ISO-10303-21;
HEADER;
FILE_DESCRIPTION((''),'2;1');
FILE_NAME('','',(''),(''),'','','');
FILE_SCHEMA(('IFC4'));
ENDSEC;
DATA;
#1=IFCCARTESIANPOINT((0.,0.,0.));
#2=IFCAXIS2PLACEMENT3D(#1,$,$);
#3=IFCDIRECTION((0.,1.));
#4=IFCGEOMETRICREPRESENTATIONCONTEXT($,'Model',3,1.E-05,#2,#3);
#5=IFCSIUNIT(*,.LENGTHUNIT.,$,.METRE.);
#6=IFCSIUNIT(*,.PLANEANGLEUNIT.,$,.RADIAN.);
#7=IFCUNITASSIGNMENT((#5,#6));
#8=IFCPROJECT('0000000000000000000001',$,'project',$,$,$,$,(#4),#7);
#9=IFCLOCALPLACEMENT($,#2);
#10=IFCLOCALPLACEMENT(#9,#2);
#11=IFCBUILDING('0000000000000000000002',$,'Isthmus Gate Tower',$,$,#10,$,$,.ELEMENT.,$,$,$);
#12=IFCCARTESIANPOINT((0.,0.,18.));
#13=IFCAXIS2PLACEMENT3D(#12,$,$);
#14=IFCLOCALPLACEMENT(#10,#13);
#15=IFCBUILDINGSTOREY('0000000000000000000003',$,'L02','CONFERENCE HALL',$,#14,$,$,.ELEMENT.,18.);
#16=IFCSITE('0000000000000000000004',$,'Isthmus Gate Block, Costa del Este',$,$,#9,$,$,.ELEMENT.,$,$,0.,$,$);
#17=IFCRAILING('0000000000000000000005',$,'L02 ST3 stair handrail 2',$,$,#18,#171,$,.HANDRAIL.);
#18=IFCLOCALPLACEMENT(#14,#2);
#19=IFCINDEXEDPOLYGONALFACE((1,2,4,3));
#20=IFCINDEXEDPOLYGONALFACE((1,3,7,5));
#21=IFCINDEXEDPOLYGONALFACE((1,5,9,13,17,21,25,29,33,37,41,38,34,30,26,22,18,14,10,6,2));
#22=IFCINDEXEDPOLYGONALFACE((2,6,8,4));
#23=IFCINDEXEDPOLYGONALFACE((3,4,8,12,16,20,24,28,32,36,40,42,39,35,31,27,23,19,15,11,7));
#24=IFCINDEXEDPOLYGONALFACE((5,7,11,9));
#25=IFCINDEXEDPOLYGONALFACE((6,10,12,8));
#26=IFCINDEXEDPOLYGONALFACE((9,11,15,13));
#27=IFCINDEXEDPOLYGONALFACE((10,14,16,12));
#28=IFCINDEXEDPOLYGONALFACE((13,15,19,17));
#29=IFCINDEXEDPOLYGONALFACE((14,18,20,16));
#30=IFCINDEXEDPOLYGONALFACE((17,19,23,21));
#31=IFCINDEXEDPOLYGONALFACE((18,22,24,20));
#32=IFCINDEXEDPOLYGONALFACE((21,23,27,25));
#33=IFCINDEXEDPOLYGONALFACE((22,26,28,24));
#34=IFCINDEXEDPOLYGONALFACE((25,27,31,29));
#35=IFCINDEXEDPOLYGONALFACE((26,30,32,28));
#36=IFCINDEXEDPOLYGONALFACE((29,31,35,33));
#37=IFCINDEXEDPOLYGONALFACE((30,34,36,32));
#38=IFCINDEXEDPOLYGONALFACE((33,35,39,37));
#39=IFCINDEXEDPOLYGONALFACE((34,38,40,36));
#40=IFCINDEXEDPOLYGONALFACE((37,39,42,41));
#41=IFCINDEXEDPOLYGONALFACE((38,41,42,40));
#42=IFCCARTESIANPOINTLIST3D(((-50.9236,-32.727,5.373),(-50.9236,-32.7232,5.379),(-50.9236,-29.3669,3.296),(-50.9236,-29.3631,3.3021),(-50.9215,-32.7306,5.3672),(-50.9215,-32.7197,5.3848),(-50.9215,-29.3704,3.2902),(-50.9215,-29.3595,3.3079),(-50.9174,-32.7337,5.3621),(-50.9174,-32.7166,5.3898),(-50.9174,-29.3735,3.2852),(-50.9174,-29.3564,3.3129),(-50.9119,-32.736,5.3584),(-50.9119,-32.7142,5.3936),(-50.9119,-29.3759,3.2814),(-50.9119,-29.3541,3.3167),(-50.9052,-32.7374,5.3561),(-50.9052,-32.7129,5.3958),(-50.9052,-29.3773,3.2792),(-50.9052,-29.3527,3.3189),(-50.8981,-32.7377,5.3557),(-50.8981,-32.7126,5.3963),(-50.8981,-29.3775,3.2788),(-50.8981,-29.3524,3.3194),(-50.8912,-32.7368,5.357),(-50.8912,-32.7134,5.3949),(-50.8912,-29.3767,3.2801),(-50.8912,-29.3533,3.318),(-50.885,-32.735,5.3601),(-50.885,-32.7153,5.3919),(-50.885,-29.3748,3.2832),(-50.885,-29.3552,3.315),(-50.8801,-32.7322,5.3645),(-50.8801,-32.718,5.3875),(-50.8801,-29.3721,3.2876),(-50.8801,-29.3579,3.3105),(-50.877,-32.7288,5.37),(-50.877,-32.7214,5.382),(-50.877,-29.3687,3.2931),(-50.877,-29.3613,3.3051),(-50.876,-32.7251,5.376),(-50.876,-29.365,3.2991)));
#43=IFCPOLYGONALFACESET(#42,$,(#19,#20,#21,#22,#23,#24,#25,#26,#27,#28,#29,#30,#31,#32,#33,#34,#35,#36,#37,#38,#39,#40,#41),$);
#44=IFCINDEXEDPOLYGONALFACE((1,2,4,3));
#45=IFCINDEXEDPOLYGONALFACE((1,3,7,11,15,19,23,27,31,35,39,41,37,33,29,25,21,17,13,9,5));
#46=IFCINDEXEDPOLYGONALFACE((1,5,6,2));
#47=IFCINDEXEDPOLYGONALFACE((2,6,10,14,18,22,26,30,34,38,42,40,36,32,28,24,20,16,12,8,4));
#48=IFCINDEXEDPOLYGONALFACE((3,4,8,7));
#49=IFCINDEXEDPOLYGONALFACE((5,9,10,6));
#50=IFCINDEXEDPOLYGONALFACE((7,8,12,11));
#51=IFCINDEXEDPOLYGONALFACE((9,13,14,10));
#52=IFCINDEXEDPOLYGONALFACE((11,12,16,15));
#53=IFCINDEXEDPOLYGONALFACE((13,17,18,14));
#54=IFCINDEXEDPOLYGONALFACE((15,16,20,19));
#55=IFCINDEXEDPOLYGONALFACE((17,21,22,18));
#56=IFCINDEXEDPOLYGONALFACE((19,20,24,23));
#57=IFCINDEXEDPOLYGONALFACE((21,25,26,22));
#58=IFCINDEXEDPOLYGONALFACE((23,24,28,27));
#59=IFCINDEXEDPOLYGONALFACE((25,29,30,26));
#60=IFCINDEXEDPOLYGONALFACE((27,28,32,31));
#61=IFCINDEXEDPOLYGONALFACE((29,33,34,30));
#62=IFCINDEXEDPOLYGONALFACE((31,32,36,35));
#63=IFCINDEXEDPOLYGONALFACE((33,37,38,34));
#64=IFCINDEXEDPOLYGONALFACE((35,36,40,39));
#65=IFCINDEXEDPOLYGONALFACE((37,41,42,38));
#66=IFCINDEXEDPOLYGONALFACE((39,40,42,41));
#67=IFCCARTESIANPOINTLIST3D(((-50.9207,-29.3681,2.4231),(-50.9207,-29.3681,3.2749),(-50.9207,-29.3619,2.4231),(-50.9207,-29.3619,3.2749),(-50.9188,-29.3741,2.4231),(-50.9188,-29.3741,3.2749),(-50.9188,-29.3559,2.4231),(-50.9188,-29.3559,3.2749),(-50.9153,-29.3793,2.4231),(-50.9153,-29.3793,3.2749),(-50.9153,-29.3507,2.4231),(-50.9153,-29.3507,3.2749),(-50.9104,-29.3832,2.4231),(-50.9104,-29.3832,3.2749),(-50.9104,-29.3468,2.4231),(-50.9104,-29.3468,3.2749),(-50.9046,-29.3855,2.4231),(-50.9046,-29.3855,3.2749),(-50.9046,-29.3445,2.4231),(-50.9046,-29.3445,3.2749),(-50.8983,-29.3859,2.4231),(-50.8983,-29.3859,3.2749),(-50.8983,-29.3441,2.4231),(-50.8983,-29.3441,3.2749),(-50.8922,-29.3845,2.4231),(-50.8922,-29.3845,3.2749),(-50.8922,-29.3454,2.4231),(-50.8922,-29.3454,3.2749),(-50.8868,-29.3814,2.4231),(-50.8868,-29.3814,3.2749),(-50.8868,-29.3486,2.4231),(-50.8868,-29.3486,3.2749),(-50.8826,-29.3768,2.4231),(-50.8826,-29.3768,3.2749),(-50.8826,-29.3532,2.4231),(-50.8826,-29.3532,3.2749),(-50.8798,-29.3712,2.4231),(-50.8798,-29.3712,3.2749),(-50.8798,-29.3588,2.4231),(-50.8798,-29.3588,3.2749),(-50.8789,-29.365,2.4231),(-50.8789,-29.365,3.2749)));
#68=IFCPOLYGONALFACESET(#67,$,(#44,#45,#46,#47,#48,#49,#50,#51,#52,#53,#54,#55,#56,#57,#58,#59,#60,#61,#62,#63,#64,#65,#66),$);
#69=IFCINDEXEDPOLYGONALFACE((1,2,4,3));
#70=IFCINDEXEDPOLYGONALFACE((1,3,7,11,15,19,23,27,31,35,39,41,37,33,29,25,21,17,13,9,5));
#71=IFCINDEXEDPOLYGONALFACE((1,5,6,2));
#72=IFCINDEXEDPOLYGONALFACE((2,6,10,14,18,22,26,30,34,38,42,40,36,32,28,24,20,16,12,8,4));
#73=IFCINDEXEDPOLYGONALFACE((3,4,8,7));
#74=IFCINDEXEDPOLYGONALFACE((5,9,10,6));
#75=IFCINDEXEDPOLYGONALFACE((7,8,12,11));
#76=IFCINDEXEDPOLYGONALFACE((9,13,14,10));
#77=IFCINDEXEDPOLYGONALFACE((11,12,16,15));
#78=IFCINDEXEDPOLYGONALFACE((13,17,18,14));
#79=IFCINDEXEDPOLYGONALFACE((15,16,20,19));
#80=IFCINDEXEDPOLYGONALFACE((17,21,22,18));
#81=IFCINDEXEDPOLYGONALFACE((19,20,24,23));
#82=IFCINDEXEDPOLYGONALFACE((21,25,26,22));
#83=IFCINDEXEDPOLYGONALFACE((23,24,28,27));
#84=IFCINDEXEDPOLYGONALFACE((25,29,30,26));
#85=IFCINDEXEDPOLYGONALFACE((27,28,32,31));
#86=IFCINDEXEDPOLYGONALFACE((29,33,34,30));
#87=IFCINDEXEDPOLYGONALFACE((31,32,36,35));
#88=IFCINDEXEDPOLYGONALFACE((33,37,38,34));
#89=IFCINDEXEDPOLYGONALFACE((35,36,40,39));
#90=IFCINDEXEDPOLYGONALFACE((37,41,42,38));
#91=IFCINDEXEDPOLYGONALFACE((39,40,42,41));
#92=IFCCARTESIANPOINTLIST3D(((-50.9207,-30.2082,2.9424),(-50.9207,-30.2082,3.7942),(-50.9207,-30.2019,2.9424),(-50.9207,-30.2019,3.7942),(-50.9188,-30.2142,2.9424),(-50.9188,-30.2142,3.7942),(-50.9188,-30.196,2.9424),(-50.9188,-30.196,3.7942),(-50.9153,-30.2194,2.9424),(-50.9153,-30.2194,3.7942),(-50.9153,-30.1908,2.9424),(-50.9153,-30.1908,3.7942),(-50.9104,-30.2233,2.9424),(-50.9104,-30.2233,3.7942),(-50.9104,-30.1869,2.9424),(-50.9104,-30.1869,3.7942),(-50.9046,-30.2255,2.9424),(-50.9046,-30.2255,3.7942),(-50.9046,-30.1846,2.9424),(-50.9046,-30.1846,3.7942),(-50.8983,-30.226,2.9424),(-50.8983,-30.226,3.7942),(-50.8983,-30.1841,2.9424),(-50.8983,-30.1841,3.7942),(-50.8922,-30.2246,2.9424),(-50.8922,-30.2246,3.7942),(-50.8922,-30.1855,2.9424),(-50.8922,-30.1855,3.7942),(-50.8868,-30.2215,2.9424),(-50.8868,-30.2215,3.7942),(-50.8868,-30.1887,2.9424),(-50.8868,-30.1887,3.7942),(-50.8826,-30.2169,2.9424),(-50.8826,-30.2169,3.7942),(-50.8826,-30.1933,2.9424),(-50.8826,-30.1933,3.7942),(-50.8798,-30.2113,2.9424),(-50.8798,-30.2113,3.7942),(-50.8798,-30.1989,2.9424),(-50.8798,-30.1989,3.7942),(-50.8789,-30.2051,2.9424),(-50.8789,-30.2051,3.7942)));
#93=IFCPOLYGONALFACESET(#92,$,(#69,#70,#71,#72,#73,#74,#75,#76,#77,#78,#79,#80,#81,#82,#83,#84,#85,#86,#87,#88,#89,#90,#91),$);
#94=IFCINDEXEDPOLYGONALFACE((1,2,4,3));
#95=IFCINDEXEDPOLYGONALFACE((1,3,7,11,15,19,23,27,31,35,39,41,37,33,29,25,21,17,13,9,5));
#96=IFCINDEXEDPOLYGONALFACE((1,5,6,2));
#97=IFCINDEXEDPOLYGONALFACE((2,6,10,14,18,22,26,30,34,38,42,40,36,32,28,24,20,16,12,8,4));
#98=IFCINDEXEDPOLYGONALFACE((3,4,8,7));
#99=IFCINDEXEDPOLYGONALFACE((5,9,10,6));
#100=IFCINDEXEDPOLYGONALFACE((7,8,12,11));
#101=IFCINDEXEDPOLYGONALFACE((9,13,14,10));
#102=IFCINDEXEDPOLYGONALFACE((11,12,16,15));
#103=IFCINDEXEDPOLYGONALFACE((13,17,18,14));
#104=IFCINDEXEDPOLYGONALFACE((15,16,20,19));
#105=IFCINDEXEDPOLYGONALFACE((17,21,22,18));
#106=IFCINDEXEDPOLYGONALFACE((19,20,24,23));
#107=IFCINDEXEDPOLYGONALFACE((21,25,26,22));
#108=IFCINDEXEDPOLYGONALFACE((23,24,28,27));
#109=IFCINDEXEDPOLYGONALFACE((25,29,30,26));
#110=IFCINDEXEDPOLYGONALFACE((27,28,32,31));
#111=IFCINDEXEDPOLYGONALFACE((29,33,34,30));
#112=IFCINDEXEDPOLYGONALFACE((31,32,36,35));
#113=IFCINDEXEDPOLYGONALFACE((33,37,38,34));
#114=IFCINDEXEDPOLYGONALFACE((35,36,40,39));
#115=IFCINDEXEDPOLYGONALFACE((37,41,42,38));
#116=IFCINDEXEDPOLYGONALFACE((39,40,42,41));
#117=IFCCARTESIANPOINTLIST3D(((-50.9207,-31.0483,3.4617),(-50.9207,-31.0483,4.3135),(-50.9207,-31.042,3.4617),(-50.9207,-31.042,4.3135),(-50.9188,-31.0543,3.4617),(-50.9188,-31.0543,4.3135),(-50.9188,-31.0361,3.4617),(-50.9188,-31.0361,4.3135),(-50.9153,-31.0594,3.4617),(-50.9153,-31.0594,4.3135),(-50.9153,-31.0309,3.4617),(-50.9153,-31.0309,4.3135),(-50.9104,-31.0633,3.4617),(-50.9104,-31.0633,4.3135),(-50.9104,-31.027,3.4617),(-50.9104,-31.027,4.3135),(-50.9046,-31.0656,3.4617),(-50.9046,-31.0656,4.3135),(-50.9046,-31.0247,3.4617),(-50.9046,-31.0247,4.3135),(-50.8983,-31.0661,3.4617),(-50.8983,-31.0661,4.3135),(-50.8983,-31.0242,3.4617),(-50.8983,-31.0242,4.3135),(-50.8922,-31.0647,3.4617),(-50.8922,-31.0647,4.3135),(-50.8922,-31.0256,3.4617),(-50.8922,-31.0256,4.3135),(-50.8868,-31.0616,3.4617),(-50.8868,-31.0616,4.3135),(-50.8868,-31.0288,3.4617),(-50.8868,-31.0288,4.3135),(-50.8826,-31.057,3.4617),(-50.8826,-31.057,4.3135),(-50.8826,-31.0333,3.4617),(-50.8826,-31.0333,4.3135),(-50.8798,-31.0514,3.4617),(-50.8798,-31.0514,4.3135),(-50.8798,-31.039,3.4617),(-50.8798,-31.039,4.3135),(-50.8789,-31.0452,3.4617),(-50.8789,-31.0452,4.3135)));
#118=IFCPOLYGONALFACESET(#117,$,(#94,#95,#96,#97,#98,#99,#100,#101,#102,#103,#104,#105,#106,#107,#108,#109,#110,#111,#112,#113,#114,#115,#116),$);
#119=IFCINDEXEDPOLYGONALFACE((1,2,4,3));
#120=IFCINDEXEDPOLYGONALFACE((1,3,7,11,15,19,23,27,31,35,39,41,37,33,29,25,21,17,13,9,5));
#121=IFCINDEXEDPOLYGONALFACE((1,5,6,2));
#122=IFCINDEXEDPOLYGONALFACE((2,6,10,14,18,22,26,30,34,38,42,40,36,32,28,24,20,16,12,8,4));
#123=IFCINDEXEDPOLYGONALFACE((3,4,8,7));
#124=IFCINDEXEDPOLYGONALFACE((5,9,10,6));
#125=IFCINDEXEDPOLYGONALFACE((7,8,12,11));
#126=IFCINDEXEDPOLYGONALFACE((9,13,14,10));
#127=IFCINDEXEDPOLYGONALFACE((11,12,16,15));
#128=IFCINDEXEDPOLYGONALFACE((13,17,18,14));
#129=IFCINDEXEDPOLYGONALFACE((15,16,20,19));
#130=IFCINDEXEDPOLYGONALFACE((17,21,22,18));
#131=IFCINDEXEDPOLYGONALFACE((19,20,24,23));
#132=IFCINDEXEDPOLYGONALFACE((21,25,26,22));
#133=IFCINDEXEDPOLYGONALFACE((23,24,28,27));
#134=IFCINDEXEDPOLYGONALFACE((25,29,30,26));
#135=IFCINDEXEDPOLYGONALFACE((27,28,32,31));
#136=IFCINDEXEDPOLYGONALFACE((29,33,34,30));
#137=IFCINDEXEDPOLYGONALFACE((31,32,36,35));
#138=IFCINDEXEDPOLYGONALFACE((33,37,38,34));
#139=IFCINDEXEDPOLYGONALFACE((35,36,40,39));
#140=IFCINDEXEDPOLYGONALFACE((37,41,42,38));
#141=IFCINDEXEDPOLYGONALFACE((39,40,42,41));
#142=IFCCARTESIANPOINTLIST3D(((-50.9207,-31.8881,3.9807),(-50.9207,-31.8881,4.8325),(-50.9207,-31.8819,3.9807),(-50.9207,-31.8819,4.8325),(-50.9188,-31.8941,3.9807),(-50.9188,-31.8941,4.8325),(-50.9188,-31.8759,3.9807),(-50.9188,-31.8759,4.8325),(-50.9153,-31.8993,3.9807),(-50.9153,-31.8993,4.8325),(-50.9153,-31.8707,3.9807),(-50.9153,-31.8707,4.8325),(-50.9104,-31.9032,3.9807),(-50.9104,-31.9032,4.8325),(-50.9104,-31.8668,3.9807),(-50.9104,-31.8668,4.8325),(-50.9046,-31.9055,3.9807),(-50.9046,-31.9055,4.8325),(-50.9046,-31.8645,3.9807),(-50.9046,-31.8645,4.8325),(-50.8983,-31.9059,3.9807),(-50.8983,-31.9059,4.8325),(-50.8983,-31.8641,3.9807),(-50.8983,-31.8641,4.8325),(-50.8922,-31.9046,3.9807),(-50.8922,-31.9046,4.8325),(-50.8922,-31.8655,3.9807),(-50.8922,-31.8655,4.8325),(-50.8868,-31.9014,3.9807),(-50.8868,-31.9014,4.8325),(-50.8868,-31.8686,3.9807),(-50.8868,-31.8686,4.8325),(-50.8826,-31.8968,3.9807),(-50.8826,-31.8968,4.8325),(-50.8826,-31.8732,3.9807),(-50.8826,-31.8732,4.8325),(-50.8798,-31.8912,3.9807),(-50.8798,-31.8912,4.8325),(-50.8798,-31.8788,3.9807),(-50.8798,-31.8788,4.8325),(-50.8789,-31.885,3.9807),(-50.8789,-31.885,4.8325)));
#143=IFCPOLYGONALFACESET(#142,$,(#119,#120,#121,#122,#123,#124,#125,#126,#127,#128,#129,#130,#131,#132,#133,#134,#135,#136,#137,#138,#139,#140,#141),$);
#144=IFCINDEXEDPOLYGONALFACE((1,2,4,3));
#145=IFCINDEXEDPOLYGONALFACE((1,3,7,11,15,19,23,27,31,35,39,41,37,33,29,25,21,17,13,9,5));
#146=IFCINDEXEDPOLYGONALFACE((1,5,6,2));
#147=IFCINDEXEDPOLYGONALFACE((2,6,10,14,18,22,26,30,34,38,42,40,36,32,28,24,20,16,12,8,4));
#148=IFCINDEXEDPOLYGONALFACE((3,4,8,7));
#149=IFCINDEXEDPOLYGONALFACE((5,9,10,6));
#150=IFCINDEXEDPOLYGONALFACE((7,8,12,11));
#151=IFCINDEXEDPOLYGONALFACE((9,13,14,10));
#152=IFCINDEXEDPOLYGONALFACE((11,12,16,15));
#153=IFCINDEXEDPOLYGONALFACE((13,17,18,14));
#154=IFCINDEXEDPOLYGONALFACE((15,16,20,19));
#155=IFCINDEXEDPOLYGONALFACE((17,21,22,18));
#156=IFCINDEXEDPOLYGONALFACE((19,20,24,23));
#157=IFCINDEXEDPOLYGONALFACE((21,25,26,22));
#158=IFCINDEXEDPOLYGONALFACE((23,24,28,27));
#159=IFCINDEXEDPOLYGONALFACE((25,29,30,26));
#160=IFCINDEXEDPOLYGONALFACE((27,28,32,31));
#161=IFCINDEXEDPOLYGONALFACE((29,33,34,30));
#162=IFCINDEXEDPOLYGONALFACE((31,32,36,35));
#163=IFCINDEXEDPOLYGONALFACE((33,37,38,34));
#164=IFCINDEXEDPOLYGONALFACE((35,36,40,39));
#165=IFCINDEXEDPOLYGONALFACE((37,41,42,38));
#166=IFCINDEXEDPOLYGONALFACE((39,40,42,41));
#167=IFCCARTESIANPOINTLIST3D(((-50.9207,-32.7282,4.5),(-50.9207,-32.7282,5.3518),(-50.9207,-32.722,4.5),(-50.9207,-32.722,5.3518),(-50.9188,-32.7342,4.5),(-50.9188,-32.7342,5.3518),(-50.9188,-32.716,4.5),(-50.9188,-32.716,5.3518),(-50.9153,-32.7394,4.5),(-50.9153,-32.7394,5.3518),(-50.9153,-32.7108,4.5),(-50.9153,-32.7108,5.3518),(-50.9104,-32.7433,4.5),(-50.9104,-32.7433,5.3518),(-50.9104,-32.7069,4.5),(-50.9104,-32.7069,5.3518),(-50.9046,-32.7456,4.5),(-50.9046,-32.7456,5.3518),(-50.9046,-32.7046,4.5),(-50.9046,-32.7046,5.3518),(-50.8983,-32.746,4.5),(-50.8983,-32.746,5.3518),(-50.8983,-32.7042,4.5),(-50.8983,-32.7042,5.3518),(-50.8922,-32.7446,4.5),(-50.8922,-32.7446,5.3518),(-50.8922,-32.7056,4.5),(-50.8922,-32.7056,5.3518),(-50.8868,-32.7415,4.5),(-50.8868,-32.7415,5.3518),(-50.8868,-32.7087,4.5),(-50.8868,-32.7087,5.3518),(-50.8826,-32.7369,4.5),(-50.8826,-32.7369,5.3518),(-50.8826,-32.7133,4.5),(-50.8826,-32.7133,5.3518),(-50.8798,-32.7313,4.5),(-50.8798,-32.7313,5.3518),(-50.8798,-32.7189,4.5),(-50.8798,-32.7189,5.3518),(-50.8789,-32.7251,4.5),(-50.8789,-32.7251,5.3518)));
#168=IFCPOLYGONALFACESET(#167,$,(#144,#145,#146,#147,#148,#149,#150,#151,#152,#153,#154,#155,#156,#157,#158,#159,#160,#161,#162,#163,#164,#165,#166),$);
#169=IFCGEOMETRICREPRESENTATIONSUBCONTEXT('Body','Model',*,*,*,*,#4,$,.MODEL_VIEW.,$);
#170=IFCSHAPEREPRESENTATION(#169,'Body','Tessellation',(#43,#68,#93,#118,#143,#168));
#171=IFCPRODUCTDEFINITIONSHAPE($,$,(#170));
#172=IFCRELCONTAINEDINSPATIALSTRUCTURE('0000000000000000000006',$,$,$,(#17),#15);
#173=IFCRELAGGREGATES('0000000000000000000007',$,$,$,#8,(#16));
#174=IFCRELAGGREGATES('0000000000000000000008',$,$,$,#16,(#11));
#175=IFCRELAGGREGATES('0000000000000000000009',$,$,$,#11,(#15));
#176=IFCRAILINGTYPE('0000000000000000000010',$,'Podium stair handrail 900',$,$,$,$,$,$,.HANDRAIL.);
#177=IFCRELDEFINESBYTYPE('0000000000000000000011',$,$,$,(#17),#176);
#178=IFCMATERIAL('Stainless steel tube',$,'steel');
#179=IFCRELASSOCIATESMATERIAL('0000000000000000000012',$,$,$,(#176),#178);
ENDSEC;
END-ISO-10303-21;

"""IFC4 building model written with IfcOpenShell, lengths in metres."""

from ifc_helpers import new_model, si_unit, direction, frame, origin, origin_2d, place, context, subcontext, project, spatial, circle, extrude, material, type_object, element, save


model = new_model("IFC4")

# Units and contexts
model_context = context("Model", 3, precision=1e-05, world=origin(), true_north=direction((0.0, 1.0)))
body_context = subcontext(model_context, "Body", "Model", "MODEL_VIEW")
ifc_project = project(units=[si_unit("LENGTHUNIT", "METRE"), si_unit("PLANEANGLEUNIT", "RADIAN")], contexts=[model_context])

# Site, building, storey
site_placement = place(None, origin())
site = spatial("IfcSite", under=ifc_project, at=site_placement, Name="Isthmus Gate Block, Costa del Este", CompositionType="ELEMENT", RefElevation=0.0)
building_placement = place(site_placement, origin())
building = spatial("IfcBuilding", under=site, at=building_placement, Name="Isthmus Gate Tower", CompositionType="ELEMENT")
storey_placement = place(building_placement, frame((0.0, 0.0, 18.0)))
storey = spatial("IfcBuildingStorey", under=building, at=storey_placement, Name="L02", Description="CONFERENCE HALL", CompositionType="ELEMENT", Elevation=18.0)

# Railing
ifc_material_1 = material(Name="Stainless steel tube", Category="steel")
railing_type_1 = type_object("IfcRailingType", Name="Podium stair handrail 900", PredefinedType="HANDRAIL", material=ifc_material_1)
railing_1_placement = place(storey_placement, frame((-50.8999, -29.365, 2.4231)))
element("IfcRailing", 1, at=railing_1_placement, inside=storey, type_object=railing_type_1, Name="L02 ST3 stair handrail 2", PredefinedType="HANDRAIL", context=body_context, shape_type="SweptSolid", body=[
    extrude(circle(Radius=0.0239, at=origin_2d()), frame((0.0, 0.0, 0.876), z_axis=(0.0, -0.850623, 0.525776), x_axis=(1.0, 0.0, 0.0)), (0.0, 0.0, 1.0), 3.9502),
    extrude(circle(Radius=0.021, at=origin_2d()), origin(), (0.0, 0.0, 1.0), 0.8518),
    extrude(circle(Radius=0.021, at=origin_2d()), frame((0.0, -0.8401, 0.5193)), (0.0, 0.0, 1.0), 0.8518),
    extrude(circle(Radius=0.021, at=origin_2d()), frame((0.0, -1.6802, 1.0386)), (0.0, 0.0, 1.0), 0.8518),
    extrude(circle(Radius=0.021, at=origin_2d()), frame((0.0, -2.52, 1.5576)), (0.0, 0.0, 1.0), 0.8518),
    extrude(circle(Radius=0.021, at=origin_2d()), frame((0.0, -3.3601, 2.0769)), (0.0, 0.0, 1.0), 0.8518),
])

save(model, "model.ifc")
